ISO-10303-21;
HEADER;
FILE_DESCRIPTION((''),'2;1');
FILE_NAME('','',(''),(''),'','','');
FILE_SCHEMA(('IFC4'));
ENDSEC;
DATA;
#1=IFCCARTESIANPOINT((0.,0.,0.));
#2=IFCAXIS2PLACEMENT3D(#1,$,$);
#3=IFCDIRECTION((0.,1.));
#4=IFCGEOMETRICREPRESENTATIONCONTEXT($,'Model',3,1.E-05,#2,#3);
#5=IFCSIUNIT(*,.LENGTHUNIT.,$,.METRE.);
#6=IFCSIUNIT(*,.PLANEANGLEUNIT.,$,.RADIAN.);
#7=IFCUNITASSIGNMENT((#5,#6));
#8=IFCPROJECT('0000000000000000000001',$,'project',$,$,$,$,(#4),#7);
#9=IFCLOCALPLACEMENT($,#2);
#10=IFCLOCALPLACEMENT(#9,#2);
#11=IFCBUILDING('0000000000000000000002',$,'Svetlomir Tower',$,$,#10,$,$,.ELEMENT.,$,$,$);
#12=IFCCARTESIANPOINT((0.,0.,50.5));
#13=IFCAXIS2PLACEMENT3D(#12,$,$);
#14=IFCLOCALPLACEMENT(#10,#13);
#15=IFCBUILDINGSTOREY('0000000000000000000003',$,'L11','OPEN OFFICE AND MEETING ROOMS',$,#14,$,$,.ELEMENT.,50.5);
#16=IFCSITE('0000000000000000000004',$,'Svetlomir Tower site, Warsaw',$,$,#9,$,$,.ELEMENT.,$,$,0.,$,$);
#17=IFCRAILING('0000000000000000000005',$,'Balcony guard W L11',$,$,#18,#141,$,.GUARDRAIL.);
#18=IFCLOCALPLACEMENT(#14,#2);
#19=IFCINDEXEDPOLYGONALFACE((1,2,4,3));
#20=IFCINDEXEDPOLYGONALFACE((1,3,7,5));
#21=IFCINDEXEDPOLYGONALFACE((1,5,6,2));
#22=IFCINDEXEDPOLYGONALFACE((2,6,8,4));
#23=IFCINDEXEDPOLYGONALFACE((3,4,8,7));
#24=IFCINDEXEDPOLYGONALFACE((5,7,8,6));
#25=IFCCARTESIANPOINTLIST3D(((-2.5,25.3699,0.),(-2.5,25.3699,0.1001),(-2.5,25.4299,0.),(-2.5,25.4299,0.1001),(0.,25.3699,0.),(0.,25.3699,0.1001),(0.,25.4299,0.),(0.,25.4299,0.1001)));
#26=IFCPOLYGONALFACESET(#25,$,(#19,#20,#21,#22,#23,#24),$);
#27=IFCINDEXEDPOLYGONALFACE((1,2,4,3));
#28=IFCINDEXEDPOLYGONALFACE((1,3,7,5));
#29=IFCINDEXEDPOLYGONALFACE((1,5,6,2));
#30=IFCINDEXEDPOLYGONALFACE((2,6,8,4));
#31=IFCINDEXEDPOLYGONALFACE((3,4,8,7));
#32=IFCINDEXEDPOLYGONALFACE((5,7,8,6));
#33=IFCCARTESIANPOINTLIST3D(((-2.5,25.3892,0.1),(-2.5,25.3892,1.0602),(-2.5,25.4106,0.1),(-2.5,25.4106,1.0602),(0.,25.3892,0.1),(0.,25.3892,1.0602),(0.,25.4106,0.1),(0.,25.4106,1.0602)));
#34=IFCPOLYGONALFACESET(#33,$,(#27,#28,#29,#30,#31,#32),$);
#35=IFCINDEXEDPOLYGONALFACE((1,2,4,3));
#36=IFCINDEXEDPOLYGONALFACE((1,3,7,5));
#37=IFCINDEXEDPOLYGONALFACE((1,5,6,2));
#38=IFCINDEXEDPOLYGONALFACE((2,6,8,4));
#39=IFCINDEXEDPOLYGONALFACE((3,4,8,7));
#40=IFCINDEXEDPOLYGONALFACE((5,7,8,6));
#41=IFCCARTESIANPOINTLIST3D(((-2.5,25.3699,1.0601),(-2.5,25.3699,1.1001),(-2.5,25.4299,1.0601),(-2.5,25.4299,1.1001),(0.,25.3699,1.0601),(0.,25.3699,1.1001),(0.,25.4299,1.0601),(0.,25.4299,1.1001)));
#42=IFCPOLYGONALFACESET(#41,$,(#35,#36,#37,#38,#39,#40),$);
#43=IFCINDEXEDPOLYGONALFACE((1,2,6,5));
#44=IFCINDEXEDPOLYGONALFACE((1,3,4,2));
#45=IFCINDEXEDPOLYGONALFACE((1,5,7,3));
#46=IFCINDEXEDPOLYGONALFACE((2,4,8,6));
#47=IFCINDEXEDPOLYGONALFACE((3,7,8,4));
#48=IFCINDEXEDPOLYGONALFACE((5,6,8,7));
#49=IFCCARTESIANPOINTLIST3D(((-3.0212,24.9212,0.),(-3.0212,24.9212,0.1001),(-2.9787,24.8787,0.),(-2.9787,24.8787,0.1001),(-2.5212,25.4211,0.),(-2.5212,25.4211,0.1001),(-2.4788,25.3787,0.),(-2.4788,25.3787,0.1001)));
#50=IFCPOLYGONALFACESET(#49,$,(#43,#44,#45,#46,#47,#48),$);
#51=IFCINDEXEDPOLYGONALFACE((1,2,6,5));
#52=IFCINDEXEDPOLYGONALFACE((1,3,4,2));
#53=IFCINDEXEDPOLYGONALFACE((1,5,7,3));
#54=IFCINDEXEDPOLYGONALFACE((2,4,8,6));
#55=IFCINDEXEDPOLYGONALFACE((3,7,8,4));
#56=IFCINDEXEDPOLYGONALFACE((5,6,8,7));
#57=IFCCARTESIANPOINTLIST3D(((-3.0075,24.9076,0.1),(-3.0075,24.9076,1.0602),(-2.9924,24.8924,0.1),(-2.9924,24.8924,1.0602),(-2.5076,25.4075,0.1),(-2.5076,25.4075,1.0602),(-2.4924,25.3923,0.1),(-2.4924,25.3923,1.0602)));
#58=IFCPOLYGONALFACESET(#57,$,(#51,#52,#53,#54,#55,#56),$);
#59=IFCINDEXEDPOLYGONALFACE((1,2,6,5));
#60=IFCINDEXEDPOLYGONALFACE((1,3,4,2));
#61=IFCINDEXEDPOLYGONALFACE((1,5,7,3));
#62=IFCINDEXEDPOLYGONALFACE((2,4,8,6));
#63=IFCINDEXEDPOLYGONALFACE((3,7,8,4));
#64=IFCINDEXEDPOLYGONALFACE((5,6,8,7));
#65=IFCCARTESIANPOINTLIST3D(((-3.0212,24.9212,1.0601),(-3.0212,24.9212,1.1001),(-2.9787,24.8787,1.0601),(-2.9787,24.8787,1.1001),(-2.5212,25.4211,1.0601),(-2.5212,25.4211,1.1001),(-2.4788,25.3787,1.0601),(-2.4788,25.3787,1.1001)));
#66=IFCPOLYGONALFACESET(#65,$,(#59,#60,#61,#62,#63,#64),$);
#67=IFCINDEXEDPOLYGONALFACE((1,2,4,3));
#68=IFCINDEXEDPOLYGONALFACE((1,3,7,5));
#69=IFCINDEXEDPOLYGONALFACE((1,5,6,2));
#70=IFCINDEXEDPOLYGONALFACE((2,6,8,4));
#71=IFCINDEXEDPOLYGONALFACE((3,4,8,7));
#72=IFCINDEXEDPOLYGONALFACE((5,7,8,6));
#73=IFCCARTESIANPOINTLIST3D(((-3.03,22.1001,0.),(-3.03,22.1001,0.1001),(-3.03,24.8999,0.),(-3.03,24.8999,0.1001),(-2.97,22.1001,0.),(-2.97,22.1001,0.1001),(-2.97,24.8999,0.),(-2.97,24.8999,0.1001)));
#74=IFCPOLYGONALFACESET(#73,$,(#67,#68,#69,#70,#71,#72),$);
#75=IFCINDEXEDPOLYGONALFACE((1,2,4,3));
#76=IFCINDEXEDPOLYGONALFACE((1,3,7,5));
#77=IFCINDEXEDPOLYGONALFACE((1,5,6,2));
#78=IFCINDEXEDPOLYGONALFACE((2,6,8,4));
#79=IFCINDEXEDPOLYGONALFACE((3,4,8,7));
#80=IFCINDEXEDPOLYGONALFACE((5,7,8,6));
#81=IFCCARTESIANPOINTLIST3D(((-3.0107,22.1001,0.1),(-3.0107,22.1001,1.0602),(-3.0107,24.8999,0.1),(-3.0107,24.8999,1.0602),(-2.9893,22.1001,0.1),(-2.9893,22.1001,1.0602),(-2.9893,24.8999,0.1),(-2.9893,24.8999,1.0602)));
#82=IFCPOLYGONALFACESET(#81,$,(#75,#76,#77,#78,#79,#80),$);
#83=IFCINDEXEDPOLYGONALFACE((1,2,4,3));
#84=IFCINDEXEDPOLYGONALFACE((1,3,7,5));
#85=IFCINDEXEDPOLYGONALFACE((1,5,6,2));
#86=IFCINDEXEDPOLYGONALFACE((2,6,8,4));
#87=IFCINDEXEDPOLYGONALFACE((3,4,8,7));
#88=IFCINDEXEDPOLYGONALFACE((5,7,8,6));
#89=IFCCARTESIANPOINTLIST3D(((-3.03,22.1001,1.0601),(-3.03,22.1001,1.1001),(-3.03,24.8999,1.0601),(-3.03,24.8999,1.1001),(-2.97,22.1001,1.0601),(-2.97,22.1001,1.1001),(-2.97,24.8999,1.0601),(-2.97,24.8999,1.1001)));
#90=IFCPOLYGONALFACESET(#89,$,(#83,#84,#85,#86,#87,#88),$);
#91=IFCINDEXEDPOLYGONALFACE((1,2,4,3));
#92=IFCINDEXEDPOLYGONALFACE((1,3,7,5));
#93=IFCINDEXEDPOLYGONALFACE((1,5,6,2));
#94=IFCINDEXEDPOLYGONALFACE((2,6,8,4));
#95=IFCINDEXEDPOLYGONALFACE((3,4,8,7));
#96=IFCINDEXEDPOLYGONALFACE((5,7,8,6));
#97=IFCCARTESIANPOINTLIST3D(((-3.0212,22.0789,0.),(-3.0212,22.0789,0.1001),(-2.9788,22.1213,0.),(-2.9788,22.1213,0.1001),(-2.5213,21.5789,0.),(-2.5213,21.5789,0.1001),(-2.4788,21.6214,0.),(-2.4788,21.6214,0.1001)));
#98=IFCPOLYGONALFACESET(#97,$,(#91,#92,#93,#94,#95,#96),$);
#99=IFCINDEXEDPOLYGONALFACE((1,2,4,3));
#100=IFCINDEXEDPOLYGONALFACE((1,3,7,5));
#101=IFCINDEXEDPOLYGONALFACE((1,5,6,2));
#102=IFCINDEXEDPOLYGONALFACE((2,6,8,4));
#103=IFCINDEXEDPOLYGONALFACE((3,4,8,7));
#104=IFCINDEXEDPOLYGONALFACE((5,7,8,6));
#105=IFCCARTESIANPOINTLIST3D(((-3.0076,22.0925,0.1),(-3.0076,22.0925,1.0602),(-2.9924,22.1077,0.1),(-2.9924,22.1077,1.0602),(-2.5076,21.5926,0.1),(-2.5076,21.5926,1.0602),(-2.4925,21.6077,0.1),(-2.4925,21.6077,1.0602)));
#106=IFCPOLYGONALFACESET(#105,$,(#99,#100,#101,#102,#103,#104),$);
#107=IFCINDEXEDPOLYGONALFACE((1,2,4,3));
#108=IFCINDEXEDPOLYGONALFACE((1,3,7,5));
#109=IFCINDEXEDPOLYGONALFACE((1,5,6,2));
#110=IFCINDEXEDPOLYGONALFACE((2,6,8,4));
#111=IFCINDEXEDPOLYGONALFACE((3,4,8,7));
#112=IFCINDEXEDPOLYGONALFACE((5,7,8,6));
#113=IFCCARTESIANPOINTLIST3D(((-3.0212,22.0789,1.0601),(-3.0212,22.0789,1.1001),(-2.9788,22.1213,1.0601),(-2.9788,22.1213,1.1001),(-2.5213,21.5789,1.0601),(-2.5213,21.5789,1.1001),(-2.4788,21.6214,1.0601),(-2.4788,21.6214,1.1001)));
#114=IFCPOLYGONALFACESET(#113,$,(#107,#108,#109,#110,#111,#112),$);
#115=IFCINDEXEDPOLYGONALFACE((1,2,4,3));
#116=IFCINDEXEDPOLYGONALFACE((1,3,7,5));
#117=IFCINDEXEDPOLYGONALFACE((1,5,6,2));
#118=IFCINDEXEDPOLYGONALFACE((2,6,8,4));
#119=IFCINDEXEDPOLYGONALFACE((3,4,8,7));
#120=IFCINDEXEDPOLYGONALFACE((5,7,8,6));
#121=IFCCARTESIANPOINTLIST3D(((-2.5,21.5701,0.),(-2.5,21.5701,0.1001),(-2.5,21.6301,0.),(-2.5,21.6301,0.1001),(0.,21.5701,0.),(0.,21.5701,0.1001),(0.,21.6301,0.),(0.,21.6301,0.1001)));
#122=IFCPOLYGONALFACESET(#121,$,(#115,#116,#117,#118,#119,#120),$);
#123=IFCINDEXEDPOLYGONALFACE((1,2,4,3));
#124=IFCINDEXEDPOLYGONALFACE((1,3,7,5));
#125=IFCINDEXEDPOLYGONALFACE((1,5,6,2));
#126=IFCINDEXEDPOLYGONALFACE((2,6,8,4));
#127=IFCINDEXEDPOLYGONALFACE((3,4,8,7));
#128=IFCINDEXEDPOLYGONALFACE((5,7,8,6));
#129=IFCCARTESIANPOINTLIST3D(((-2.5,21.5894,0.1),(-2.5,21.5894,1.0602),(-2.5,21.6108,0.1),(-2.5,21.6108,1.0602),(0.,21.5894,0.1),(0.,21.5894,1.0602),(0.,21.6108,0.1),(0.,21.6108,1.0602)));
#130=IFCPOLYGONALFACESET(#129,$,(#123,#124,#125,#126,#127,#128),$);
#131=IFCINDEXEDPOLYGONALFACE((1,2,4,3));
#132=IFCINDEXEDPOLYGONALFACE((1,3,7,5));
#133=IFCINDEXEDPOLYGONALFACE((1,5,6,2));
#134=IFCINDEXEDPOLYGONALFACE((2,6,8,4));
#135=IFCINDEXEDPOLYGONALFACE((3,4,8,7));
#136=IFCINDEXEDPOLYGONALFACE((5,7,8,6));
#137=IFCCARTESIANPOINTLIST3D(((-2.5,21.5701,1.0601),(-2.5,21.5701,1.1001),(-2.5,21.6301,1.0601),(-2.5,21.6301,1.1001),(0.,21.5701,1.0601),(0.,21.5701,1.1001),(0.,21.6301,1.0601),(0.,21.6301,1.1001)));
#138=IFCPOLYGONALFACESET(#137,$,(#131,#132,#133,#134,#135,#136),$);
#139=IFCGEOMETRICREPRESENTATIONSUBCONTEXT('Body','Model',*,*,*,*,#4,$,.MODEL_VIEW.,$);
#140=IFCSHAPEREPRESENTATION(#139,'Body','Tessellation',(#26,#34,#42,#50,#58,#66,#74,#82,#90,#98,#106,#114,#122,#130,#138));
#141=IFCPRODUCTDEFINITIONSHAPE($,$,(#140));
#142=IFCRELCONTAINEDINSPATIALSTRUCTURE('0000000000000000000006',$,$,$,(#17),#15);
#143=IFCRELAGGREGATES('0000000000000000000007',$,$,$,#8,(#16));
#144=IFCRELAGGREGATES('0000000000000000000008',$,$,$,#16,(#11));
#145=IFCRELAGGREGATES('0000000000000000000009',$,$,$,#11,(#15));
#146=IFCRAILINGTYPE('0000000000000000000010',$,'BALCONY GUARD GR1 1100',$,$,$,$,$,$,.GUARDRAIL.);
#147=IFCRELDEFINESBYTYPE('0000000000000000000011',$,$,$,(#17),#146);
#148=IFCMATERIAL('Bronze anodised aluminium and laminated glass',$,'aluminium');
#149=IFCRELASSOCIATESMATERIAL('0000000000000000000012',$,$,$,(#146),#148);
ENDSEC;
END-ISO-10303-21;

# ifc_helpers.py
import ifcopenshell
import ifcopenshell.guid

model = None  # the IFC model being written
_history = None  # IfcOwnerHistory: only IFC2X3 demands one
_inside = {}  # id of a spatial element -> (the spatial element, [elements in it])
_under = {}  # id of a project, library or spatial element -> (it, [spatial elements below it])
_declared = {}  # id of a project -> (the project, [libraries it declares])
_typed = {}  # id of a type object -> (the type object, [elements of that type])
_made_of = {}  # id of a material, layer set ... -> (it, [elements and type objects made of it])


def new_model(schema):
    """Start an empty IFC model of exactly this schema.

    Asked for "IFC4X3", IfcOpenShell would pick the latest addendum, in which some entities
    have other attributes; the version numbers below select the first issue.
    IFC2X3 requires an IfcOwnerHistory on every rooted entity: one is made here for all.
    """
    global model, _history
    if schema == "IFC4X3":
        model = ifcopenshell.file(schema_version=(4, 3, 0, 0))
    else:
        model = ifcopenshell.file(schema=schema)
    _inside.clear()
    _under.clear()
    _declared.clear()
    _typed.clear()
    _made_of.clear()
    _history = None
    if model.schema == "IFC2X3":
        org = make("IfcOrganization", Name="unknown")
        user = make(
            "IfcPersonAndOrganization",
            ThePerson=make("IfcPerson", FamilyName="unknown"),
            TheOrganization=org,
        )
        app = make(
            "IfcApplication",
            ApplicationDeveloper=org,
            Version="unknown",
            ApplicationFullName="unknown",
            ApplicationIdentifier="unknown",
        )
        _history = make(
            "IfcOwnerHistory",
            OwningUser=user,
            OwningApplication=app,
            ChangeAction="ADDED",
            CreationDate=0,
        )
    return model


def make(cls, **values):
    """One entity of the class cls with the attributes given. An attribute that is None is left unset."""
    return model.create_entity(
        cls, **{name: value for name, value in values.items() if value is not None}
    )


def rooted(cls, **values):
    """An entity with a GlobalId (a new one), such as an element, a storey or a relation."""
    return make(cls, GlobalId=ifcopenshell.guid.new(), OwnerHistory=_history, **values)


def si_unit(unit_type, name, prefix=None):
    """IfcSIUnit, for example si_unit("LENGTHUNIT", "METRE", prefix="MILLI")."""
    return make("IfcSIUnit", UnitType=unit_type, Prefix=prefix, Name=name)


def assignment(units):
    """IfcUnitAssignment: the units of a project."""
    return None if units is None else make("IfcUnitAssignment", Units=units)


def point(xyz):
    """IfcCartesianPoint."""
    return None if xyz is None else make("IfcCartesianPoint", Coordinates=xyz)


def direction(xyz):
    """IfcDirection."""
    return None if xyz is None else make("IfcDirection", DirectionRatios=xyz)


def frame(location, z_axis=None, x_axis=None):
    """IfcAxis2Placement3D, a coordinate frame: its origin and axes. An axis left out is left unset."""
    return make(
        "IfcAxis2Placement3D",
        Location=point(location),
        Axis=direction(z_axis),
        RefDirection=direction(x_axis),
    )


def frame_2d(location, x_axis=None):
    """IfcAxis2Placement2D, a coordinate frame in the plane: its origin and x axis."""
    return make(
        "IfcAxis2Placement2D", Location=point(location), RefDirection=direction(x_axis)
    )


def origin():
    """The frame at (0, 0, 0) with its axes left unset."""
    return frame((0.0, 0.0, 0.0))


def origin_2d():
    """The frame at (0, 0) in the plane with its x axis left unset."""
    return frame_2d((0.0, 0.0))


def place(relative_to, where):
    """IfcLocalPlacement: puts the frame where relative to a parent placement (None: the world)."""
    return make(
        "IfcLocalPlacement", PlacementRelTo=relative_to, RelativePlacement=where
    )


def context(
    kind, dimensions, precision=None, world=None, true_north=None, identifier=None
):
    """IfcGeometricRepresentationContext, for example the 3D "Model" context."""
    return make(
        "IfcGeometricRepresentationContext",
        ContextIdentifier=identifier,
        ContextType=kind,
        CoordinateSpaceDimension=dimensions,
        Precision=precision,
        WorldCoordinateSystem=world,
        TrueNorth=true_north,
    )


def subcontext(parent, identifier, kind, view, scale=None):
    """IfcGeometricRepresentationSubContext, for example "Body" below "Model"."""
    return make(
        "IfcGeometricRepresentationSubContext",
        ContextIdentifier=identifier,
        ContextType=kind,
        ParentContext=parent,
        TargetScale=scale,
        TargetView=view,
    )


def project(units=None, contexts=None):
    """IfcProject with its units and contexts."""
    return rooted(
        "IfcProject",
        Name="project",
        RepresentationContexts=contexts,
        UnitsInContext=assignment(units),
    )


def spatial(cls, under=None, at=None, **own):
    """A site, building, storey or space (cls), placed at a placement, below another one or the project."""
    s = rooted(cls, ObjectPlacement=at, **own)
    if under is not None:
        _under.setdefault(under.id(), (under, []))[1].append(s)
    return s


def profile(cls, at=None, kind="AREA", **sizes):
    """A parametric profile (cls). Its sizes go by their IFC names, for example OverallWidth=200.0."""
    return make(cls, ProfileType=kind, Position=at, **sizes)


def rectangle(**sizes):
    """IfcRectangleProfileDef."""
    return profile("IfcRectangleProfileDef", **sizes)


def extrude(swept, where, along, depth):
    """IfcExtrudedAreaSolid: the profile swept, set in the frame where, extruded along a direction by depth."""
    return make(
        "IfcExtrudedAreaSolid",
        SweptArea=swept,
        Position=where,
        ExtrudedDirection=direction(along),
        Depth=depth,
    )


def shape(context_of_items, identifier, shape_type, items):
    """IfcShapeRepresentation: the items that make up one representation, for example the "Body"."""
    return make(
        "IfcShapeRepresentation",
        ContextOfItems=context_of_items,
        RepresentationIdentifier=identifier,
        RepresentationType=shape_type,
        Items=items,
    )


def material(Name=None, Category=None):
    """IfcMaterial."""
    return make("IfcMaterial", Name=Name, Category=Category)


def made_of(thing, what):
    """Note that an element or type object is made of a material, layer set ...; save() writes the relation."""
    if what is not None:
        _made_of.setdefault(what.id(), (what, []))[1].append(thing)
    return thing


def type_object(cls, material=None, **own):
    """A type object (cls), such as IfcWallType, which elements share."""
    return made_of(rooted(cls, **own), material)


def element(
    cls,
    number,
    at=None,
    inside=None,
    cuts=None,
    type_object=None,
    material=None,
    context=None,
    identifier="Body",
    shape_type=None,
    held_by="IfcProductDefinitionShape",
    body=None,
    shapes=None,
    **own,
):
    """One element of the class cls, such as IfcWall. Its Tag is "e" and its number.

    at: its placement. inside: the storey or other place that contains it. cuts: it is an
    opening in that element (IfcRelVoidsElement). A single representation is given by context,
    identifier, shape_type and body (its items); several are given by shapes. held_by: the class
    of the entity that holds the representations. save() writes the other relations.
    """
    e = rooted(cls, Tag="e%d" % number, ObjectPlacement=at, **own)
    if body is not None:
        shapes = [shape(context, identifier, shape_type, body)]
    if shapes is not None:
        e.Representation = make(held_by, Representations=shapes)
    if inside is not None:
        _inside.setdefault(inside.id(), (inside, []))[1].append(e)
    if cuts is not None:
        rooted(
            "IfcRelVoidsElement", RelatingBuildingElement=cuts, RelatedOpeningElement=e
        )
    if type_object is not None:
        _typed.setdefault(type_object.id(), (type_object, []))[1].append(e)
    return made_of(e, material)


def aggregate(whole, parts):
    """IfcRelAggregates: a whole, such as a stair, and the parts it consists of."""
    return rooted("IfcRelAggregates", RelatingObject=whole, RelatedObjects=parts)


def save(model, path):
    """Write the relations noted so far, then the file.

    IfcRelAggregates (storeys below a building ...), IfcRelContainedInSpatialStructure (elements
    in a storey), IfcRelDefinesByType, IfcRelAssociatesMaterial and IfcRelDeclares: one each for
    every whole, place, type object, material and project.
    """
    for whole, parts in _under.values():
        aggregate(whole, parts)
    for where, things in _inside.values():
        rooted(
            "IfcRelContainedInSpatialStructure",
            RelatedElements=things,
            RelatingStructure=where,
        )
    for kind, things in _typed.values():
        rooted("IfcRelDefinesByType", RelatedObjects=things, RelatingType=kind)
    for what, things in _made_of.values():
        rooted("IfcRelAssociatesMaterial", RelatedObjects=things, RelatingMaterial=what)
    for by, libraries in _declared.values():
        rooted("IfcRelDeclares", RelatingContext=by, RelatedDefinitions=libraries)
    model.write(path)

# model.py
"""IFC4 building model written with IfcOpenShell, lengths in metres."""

from ifc_helpers import new_model, si_unit, direction, frame, origin, origin_2d, place, context, subcontext, project, spatial, rectangle, extrude, material, type_object, element, save


model = new_model("IFC4")

# Units and contexts
model_context = context("Model", 3, precision=1e-05, world=origin(), true_north=direction((0.0, 1.0)))
body_context = subcontext(model_context, "Body", "Model", "MODEL_VIEW")
ifc_project = project(units=[si_unit("LENGTHUNIT", "METRE"), si_unit("PLANEANGLEUNIT", "RADIAN")], contexts=[model_context])

# Site, building, storey
site_placement = place(None, origin())
site = spatial("IfcSite", under=ifc_project, at=site_placement, Name="Svetlomir Tower site, Warsaw", CompositionType="ELEMENT", RefElevation=0.0)
building_placement = place(site_placement, origin())
building = spatial("IfcBuilding", under=site, at=building_placement, Name="Svetlomir Tower", CompositionType="ELEMENT")
storey_placement = place(building_placement, frame((0.0, 0.0, 50.5)))
storey = spatial("IfcBuildingStorey", under=building, at=storey_placement, Name="L11", Description="OPEN OFFICE AND MEETING ROOMS", CompositionType="ELEMENT", Elevation=50.5)

# Railing
ifc_material_1 = material(Name="Bronze anodised aluminium and laminated glass", Category="aluminium")
railing_type = type_object("IfcRailingType", Name="BALCONY GUARD GR1 1100", PredefinedType="GUARDRAIL", material=ifc_material_1)
railing_placement = place(storey_placement, frame((0.0, 25.3999, 0.0)))
element("IfcRailing", 1, at=railing_placement, inside=storey, type_object=railing_type, Name="Balcony guard W L11", PredefinedType="GUARDRAIL", context=body_context, shape_type="SweptSolid", body=[
    extrude(rectangle(XDim=0.0601, YDim=0.1001, at=origin_2d()), frame((0.0, 0.0, 0.05), z_axis=(-1.0, 0.0, 0.0), x_axis=(0.0, -1.0, 0.0)), (0.0, 0.0, 1.0), 2.5),
    extrude(rectangle(XDim=0.0215, YDim=0.9602, at=origin_2d()), frame((0.0, 0.0, 0.5801), z_axis=(-1.0, 0.0, 0.0), x_axis=(0.0, -1.0, 0.0)), (0.0, 0.0, 1.0), 2.5),
    extrude(rectangle(XDim=0.0601, YDim=0.04, at=origin_2d()), frame((0.0, 0.0, 1.0801), z_axis=(-1.0, 0.0, 0.0), x_axis=(0.0, -1.0, 0.0)), (0.0, 0.0, 1.0), 2.5),
    extrude(rectangle(XDim=0.0601, YDim=0.1001, at=origin_2d()), frame((-2.5, 0.0, 0.05), z_axis=(-0.707107, -0.707107, 0.0), x_axis=(0.707107, -0.707107, 0.0)), (0.0, 0.0, 1.0), 0.707),
    extrude(rectangle(XDim=0.0215, YDim=0.9602, at=origin_2d()), frame((-2.5, 0.0, 0.5801), z_axis=(-0.707107, -0.707107, 0.0), x_axis=(0.707107, -0.707107, 0.0)), (0.0, 0.0, 1.0), 0.707),
    extrude(rectangle(XDim=0.0601, YDim=0.04, at=origin_2d()), frame((-2.5, 0.0, 1.0801), z_axis=(-0.707107, -0.707107, 0.0), x_axis=(0.707107, -0.707107, 0.0)), (0.0, 0.0, 1.0), 0.707),
    extrude(rectangle(XDim=0.0601, YDim=0.1001, at=origin_2d()), frame((-3.0, -0.5, 0.05), z_axis=(0.0, -1.0, 0.0), x_axis=(1.0, 0.0, 0.0)), (0.0, 0.0, 1.0), 2.7998),
    extrude(rectangle(XDim=0.0215, YDim=0.9602, at=origin_2d()), frame((-3.0, -0.5, 0.5801), z_axis=(0.0, -1.0, 0.0), x_axis=(1.0, 0.0, 0.0)), (0.0, 0.0, 1.0), 2.7998),
    extrude(rectangle(XDim=0.0601, YDim=0.04, at=origin_2d()), frame((-3.0, -0.5, 1.0801), z_axis=(0.0, -1.0, 0.0), x_axis=(1.0, 0.0, 0.0)), (0.0, 0.0, 1.0), 2.7998),
    extrude(rectangle(XDim=0.0601, YDim=0.1001, at=origin_2d()), frame((-3.0, -3.2998, 0.05), z_axis=(0.707107, -0.707107, 0.0), x_axis=(0.707107, 0.707107, 0.0)), (0.0, 0.0, 1.0), 0.707),
    extrude(rectangle(XDim=0.0215, YDim=0.9602, at=origin_2d()), frame((-3.0, -3.2998, 0.5801), z_axis=(0.707107, -0.707107, 0.0), x_axis=(0.707107, 0.707107, 0.0)), (0.0, 0.0, 1.0), 0.707),
    extrude(rectangle(XDim=0.0601, YDim=0.04, at=origin_2d()), frame((-3.0, -3.2998, 1.0801), z_axis=(0.707107, -0.707107, 0.0), x_axis=(0.707107, 0.707107, 0.0)), (0.0, 0.0, 1.0), 0.707),
    extrude(rectangle(XDim=0.0601, YDim=0.1001, at=origin_2d()), frame((-2.5, -3.7998, 0.05), z_axis=(1.0, 0.0, 0.0), x_axis=(0.0, 1.0, 0.0)), (0.0, 0.0, 1.0), 2.5),
    extrude(rectangle(XDim=0.0215, YDim=0.9602, at=origin_2d()), frame((-2.5, -3.7998, 0.5801), z_axis=(1.0, 0.0, 0.0), x_axis=(0.0, 1.0, 0.0)), (0.0, 0.0, 1.0), 2.5),
    extrude(rectangle(XDim=0.0601, YDim=0.04, at=origin_2d()), frame((-2.5, -3.7998, 1.0801), z_axis=(1.0, 0.0, 0.0), x_axis=(0.0, 1.0, 0.0)), (0.0, 0.0, 1.0), 2.5),
])

save(model, "model.ifc")
